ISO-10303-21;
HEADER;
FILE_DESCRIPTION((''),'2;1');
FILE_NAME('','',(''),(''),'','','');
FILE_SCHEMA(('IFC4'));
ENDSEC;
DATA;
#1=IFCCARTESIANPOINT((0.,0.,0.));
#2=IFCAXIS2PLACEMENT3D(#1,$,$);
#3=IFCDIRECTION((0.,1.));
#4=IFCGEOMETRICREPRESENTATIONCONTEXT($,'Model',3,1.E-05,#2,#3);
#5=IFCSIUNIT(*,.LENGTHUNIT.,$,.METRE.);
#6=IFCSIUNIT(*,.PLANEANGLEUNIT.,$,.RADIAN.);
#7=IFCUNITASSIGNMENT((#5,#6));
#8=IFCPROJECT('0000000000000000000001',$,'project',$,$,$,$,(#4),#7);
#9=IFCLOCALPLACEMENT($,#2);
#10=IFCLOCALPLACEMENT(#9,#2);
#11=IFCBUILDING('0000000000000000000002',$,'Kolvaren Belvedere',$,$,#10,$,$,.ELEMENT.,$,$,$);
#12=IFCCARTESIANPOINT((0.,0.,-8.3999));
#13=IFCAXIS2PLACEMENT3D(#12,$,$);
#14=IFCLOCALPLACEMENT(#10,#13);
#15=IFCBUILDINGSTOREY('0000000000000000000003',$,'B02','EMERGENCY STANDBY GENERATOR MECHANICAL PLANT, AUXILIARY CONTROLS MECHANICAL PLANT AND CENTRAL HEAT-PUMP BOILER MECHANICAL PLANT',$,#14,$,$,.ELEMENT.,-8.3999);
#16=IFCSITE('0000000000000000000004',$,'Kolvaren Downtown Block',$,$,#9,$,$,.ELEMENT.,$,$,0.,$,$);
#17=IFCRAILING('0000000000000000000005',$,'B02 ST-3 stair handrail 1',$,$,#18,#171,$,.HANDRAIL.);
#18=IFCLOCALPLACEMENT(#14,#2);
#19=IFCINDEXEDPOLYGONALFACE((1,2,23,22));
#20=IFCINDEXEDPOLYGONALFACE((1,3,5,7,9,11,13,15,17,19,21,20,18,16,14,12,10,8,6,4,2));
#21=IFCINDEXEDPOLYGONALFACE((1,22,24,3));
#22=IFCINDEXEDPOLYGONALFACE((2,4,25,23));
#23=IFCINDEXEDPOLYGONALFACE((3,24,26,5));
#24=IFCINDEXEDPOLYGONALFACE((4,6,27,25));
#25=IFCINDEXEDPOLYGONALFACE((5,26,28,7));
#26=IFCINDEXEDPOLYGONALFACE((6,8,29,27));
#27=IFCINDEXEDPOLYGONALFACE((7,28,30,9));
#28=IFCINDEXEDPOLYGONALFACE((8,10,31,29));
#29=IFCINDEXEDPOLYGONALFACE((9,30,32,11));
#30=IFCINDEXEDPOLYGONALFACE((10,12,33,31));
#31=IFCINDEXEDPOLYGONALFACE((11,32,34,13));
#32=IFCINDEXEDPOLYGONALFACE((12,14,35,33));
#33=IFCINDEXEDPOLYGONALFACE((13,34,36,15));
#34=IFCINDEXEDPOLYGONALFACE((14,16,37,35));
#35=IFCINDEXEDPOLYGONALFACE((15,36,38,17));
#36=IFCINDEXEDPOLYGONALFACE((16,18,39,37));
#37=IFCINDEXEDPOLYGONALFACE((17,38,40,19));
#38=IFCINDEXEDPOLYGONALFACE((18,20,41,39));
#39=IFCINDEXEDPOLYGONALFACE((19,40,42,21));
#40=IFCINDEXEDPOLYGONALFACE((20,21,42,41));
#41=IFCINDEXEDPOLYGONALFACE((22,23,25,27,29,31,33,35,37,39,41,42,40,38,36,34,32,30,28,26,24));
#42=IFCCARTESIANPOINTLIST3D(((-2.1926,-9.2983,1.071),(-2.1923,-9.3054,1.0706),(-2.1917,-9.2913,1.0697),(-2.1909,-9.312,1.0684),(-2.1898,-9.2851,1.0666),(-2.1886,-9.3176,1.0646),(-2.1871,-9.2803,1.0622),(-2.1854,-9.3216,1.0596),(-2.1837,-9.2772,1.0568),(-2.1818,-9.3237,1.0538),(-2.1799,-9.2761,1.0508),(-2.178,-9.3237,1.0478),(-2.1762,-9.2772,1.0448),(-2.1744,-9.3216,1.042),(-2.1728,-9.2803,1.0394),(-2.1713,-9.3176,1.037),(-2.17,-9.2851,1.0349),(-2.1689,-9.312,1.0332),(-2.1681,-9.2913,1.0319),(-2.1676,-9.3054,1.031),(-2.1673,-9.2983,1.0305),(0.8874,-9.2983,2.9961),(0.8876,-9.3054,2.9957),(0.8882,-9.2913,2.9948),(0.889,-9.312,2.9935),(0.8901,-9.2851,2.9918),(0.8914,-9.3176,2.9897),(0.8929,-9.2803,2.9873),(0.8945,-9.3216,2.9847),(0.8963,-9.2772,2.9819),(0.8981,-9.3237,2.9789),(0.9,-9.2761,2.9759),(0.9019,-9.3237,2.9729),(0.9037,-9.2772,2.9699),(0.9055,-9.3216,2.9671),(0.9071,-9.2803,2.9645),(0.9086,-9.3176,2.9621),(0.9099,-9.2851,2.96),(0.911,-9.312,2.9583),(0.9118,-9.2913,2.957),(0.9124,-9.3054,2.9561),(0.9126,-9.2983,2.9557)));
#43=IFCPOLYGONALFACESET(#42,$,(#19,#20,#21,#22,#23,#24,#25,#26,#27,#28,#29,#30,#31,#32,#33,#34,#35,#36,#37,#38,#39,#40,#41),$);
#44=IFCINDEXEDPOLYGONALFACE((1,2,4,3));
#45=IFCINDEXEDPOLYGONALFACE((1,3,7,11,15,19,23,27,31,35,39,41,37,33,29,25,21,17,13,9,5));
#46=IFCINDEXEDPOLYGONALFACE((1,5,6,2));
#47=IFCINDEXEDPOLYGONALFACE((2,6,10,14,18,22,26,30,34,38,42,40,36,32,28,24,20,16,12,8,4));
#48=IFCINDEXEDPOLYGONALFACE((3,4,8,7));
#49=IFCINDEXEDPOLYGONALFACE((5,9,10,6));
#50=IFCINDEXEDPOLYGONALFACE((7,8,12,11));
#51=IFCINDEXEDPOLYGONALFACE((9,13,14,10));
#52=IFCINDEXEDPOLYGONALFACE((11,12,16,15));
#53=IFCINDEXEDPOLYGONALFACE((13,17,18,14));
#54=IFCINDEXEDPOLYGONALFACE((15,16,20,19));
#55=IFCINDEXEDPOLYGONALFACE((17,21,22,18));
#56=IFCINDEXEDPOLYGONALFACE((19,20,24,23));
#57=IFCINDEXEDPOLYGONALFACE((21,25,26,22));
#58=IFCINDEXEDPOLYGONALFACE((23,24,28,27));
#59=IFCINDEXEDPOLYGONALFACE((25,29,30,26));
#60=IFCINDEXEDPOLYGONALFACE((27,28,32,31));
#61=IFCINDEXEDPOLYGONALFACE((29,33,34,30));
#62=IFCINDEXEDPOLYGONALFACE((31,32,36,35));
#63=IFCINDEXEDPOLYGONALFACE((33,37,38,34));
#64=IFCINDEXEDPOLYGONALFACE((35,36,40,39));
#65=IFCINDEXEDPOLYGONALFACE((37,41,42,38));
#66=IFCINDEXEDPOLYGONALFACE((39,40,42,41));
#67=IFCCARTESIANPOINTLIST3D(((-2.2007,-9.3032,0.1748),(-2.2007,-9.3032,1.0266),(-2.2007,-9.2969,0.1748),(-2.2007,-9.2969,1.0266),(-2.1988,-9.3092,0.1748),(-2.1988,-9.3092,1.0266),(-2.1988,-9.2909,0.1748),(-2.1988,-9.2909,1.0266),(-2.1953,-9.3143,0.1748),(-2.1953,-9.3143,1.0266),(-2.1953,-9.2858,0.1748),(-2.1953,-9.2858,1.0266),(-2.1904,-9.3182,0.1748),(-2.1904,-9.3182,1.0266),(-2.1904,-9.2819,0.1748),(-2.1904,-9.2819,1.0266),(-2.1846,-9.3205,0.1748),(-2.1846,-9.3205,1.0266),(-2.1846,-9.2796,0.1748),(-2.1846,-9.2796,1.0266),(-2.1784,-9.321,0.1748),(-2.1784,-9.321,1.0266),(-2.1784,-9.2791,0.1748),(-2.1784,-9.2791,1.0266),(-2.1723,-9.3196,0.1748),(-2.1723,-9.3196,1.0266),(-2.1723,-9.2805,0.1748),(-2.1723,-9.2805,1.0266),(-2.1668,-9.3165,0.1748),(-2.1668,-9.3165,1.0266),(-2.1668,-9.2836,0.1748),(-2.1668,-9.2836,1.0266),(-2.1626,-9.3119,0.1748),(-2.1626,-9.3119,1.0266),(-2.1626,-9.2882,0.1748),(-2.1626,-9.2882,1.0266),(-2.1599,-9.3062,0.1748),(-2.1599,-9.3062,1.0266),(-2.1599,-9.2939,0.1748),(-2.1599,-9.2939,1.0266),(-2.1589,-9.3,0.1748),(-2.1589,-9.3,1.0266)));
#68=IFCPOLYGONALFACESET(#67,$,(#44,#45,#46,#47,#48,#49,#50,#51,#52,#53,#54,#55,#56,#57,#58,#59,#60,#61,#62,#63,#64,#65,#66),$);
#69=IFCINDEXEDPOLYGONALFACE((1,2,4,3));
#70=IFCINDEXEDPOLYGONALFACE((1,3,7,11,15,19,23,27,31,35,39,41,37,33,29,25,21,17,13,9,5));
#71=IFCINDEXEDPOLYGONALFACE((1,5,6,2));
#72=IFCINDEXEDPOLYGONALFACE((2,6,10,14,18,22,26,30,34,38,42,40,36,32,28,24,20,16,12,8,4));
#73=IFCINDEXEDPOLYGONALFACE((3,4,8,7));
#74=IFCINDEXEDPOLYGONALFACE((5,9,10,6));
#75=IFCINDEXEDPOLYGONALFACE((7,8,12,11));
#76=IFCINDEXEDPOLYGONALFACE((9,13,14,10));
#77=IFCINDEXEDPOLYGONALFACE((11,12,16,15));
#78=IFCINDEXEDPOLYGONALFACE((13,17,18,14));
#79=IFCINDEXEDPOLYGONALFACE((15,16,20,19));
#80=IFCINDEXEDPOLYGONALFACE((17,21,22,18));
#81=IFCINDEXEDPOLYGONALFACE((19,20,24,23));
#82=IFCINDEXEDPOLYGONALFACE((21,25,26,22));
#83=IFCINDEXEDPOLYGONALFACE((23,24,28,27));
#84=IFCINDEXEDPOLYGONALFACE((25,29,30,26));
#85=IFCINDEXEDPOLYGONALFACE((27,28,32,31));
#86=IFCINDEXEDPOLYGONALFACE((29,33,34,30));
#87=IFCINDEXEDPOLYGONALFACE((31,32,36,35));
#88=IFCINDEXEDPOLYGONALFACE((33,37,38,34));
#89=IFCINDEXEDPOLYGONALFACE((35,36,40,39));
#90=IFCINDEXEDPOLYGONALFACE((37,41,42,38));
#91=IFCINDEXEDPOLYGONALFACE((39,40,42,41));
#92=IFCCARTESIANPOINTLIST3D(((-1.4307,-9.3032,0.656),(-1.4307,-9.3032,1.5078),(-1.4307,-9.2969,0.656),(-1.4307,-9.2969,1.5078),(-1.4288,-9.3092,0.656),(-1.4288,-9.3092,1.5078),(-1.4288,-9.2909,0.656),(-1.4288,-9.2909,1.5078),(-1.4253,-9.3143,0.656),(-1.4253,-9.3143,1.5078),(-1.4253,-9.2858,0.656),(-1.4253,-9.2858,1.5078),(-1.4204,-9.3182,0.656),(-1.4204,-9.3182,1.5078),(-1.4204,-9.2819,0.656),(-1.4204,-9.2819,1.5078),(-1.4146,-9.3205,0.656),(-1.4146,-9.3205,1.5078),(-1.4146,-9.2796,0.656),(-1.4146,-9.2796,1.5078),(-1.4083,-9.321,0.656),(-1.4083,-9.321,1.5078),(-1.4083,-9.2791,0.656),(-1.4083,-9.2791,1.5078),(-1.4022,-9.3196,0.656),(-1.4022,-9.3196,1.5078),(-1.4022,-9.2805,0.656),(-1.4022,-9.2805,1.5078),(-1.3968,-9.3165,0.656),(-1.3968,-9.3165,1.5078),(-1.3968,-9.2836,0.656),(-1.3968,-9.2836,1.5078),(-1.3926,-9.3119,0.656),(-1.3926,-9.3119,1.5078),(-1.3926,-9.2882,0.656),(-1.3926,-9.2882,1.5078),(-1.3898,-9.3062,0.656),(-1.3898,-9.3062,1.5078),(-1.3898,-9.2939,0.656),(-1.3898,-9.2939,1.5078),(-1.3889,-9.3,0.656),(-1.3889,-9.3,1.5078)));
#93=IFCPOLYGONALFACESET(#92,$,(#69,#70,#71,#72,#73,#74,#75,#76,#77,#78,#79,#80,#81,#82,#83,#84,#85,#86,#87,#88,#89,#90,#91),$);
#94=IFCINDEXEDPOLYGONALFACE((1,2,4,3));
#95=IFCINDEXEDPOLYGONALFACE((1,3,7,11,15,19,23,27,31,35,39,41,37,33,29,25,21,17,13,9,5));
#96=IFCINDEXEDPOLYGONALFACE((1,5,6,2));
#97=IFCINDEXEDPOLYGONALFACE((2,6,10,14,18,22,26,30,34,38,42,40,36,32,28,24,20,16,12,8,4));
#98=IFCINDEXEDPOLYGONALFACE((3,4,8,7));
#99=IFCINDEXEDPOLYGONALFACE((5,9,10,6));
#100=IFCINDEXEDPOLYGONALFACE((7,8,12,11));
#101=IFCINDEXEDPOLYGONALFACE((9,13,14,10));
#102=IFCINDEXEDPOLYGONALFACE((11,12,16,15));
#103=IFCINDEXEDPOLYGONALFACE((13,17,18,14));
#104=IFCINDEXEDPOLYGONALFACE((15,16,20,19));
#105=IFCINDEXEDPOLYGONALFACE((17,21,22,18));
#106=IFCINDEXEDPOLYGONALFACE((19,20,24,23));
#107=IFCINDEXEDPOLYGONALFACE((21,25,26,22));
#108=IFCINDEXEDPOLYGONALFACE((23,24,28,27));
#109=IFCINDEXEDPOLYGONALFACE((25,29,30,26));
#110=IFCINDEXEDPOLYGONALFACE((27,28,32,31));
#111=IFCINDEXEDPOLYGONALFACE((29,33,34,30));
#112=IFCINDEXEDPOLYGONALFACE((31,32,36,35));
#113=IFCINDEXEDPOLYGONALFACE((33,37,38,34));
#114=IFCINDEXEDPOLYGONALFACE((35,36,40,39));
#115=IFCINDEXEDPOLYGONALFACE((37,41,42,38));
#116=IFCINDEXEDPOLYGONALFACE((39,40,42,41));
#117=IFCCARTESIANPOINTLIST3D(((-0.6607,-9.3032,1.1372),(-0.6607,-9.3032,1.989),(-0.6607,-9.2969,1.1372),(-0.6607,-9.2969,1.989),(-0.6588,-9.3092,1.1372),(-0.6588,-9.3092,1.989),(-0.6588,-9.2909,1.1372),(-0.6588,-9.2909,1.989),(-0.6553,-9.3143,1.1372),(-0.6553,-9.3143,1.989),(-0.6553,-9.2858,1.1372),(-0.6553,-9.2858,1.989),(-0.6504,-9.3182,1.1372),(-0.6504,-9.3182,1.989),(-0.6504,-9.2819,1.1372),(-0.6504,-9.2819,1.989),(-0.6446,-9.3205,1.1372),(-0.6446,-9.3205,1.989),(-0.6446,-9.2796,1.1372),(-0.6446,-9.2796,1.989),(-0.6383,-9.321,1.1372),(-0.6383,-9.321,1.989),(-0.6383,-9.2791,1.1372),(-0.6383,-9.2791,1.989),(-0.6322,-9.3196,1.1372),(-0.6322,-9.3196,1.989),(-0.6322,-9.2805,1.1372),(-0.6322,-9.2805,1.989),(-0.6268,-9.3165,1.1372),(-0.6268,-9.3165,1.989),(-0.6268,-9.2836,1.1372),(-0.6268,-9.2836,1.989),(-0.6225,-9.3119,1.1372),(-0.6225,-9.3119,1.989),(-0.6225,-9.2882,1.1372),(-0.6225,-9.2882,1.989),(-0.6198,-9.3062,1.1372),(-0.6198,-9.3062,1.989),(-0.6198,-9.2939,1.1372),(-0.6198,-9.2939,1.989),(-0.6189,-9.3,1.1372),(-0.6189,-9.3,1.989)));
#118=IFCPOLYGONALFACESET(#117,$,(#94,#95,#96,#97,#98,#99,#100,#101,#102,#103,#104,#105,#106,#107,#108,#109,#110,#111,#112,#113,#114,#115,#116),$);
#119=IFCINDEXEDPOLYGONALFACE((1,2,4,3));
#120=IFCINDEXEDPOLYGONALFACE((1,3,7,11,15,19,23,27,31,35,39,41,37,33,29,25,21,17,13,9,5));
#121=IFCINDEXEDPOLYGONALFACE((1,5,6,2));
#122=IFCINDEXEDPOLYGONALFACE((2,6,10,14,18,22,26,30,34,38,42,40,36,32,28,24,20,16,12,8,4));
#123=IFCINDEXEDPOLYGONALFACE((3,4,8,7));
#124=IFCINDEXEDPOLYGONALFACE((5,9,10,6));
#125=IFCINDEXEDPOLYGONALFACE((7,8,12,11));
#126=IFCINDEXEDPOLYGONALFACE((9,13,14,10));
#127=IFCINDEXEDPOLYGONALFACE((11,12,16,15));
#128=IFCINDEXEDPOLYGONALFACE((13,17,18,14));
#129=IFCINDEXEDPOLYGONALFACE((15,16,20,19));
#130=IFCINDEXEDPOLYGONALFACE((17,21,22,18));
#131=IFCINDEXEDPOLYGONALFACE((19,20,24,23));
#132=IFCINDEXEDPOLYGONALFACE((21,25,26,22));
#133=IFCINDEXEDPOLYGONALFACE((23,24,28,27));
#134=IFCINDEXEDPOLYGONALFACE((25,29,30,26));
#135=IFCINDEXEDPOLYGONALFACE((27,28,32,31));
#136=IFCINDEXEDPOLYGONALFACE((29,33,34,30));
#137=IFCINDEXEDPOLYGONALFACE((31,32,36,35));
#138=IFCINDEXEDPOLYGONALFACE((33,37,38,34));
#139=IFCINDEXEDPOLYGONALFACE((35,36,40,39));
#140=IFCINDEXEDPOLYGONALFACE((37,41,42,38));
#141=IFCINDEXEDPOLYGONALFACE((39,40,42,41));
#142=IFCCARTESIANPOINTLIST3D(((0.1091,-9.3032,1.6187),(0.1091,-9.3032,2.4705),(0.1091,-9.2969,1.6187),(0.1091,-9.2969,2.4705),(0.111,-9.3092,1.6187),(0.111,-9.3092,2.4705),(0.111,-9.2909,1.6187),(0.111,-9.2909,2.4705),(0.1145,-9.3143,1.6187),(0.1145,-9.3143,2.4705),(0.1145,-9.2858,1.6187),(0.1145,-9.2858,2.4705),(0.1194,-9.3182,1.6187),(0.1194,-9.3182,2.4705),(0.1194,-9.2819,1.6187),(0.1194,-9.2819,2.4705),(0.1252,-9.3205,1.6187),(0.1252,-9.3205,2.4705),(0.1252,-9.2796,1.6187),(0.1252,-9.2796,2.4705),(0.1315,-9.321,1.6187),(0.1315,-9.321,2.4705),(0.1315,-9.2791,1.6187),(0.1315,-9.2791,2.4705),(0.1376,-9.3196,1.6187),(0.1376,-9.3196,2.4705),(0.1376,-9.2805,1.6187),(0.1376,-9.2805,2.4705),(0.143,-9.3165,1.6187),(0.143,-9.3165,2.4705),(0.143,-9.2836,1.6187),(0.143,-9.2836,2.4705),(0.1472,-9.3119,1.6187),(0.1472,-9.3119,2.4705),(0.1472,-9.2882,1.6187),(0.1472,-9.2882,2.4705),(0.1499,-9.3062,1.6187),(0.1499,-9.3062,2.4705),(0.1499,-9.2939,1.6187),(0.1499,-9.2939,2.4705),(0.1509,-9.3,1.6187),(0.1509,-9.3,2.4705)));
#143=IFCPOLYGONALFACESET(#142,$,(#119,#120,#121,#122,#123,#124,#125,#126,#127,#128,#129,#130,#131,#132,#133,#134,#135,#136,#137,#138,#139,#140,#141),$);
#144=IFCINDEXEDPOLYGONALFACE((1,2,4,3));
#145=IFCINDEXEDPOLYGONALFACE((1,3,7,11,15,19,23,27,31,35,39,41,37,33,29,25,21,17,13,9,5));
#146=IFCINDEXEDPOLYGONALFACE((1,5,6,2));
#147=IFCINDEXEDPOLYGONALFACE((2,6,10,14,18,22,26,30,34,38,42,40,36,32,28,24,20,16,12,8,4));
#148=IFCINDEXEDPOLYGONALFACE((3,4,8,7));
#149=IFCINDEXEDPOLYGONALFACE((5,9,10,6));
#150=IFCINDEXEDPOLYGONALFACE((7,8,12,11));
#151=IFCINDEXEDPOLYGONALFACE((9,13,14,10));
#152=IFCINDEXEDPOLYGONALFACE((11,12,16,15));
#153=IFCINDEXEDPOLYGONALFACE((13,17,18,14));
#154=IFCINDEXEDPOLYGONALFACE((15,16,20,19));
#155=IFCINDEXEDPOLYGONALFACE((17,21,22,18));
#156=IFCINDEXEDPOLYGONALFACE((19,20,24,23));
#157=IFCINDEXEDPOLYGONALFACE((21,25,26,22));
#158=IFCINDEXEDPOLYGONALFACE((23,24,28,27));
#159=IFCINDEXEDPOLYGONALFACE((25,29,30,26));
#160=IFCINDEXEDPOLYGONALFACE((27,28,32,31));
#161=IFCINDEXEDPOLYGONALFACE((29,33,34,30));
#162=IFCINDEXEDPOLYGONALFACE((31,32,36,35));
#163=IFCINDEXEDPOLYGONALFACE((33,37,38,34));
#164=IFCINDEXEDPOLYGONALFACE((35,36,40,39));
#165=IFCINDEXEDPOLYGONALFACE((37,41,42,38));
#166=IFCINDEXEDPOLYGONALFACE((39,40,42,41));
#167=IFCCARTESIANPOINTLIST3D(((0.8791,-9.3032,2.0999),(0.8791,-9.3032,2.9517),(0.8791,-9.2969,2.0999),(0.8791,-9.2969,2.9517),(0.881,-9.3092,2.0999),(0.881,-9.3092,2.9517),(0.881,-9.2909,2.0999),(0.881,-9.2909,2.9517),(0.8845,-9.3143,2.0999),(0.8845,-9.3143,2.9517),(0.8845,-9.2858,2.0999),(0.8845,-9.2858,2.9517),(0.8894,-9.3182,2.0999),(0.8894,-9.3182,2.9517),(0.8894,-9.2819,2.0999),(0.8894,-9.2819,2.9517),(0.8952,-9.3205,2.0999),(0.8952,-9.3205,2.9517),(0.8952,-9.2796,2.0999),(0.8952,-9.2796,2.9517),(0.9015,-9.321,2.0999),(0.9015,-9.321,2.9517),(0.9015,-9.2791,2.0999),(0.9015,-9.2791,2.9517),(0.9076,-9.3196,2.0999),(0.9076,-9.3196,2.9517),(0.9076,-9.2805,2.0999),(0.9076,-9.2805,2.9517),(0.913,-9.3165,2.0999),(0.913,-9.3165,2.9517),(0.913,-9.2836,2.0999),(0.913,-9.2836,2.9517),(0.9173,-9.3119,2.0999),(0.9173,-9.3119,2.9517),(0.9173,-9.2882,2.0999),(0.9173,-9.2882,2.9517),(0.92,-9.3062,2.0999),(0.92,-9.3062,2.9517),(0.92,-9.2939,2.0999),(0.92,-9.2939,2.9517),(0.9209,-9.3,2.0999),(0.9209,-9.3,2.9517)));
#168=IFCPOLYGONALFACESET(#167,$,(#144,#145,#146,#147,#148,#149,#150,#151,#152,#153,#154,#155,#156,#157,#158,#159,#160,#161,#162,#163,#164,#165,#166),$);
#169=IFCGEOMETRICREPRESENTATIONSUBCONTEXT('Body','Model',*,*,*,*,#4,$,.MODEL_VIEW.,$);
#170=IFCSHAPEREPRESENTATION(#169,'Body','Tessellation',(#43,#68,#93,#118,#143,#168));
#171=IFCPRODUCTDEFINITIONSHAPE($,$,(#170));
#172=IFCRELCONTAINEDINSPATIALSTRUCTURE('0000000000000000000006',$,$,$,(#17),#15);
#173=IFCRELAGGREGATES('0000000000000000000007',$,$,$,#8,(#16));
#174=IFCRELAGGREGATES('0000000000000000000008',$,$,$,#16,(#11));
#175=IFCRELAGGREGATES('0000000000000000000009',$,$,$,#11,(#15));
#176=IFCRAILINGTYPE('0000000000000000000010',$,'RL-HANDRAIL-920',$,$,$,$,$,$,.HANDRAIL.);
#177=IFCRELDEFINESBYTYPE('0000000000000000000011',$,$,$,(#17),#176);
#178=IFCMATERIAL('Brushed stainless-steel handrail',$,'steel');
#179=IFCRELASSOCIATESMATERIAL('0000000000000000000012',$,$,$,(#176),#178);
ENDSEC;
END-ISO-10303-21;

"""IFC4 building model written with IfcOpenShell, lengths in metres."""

from ifc_helpers import new_model, si_unit, direction, frame, origin, origin_2d, place, context, subcontext, project, spatial, circle, extrude, material, type_object, element, save


model = new_model("IFC4")

# Units and contexts
model_context = context("Model", 3, precision=1e-05, world=origin(), true_north=direction((0.0, 1.0)))
body_context = subcontext(model_context, "Body", "Model", "MODEL_VIEW")
ifc_project = project(units=[si_unit("LENGTHUNIT", "METRE"), si_unit("PLANEANGLEUNIT", "RADIAN")], contexts=[model_context])

# Site, building, storey
site_placement = place(None, origin())
site = spatial("IfcSite", under=ifc_project, at=site_placement, Name="Kolvaren Downtown Block", CompositionType="ELEMENT", RefElevation=0.0)
building_placement = place(site_placement, origin())
building = spatial("IfcBuilding", under=site, at=building_placement, Name="Kolvaren Belvedere", CompositionType="ELEMENT")
storey_placement = place(building_placement, frame((0.0, 0.0, -8.3999)))
storey = spatial("IfcBuildingStorey", under=building, at=storey_placement, Name="B02", Description="EMERGENCY STANDBY GENERATOR MECHANICAL PLANT, AUXILIARY CONTROLS MECHANICAL PLANT AND CENTRAL HEAT-PUMP BOILER MECHANICAL PLANT", CompositionType="ELEMENT", Elevation=-8.3999)

# Railing
ifc_material_1 = material(Name="Brushed stainless-steel handrail", Category="steel")
railing_type_1 = type_object("IfcRailingType", Name="RL-HANDRAIL-920", PredefinedType="HANDRAIL", material=ifc_material_1)
railing_1_placement = place(storey_placement, frame((-2.1799, -9.3, 0.1748)))
element("IfcRailing", 1, at=railing_1_placement, inside=storey, type_object=railing_type_1, Name="B02 ST-3 stair handrail 1", PredefinedType="HANDRAIL", context=body_context, shape_type="SweptSolid", body=[
    extrude(circle(Radius=0.0239, at=origin_2d()), frame((0.0, 0.0, 0.876), z_axis=(0.847979, 0.0, 0.530029), x_axis=(0.0, 1.0, 0.0)), (0.0, 0.0, 1.0), 3.6321),
    extrude(circle(Radius=0.021, at=origin_2d()), origin(), (0.0, 0.0, 1.0), 0.8518),
    extrude(circle(Radius=0.021, at=origin_2d()), frame((0.77, 0.0, 0.4812)), (0.0, 0.0, 1.0), 0.8518),
    extrude(circle(Radius=0.021, at=origin_2d()), frame((1.54, 0.0, 0.9624)), (0.0, 0.0, 1.0), 0.8518),
    extrude(circle(Radius=0.021, at=origin_2d()), frame((2.3098, 0.0, 1.4438)), (0.0, 0.0, 1.0), 0.8518),
    extrude(circle(Radius=0.021, at=origin_2d()), frame((3.0798, 0.0, 1.925)), (0.0, 0.0, 1.0), 0.8518),
])

save(model, "model.ifc")
